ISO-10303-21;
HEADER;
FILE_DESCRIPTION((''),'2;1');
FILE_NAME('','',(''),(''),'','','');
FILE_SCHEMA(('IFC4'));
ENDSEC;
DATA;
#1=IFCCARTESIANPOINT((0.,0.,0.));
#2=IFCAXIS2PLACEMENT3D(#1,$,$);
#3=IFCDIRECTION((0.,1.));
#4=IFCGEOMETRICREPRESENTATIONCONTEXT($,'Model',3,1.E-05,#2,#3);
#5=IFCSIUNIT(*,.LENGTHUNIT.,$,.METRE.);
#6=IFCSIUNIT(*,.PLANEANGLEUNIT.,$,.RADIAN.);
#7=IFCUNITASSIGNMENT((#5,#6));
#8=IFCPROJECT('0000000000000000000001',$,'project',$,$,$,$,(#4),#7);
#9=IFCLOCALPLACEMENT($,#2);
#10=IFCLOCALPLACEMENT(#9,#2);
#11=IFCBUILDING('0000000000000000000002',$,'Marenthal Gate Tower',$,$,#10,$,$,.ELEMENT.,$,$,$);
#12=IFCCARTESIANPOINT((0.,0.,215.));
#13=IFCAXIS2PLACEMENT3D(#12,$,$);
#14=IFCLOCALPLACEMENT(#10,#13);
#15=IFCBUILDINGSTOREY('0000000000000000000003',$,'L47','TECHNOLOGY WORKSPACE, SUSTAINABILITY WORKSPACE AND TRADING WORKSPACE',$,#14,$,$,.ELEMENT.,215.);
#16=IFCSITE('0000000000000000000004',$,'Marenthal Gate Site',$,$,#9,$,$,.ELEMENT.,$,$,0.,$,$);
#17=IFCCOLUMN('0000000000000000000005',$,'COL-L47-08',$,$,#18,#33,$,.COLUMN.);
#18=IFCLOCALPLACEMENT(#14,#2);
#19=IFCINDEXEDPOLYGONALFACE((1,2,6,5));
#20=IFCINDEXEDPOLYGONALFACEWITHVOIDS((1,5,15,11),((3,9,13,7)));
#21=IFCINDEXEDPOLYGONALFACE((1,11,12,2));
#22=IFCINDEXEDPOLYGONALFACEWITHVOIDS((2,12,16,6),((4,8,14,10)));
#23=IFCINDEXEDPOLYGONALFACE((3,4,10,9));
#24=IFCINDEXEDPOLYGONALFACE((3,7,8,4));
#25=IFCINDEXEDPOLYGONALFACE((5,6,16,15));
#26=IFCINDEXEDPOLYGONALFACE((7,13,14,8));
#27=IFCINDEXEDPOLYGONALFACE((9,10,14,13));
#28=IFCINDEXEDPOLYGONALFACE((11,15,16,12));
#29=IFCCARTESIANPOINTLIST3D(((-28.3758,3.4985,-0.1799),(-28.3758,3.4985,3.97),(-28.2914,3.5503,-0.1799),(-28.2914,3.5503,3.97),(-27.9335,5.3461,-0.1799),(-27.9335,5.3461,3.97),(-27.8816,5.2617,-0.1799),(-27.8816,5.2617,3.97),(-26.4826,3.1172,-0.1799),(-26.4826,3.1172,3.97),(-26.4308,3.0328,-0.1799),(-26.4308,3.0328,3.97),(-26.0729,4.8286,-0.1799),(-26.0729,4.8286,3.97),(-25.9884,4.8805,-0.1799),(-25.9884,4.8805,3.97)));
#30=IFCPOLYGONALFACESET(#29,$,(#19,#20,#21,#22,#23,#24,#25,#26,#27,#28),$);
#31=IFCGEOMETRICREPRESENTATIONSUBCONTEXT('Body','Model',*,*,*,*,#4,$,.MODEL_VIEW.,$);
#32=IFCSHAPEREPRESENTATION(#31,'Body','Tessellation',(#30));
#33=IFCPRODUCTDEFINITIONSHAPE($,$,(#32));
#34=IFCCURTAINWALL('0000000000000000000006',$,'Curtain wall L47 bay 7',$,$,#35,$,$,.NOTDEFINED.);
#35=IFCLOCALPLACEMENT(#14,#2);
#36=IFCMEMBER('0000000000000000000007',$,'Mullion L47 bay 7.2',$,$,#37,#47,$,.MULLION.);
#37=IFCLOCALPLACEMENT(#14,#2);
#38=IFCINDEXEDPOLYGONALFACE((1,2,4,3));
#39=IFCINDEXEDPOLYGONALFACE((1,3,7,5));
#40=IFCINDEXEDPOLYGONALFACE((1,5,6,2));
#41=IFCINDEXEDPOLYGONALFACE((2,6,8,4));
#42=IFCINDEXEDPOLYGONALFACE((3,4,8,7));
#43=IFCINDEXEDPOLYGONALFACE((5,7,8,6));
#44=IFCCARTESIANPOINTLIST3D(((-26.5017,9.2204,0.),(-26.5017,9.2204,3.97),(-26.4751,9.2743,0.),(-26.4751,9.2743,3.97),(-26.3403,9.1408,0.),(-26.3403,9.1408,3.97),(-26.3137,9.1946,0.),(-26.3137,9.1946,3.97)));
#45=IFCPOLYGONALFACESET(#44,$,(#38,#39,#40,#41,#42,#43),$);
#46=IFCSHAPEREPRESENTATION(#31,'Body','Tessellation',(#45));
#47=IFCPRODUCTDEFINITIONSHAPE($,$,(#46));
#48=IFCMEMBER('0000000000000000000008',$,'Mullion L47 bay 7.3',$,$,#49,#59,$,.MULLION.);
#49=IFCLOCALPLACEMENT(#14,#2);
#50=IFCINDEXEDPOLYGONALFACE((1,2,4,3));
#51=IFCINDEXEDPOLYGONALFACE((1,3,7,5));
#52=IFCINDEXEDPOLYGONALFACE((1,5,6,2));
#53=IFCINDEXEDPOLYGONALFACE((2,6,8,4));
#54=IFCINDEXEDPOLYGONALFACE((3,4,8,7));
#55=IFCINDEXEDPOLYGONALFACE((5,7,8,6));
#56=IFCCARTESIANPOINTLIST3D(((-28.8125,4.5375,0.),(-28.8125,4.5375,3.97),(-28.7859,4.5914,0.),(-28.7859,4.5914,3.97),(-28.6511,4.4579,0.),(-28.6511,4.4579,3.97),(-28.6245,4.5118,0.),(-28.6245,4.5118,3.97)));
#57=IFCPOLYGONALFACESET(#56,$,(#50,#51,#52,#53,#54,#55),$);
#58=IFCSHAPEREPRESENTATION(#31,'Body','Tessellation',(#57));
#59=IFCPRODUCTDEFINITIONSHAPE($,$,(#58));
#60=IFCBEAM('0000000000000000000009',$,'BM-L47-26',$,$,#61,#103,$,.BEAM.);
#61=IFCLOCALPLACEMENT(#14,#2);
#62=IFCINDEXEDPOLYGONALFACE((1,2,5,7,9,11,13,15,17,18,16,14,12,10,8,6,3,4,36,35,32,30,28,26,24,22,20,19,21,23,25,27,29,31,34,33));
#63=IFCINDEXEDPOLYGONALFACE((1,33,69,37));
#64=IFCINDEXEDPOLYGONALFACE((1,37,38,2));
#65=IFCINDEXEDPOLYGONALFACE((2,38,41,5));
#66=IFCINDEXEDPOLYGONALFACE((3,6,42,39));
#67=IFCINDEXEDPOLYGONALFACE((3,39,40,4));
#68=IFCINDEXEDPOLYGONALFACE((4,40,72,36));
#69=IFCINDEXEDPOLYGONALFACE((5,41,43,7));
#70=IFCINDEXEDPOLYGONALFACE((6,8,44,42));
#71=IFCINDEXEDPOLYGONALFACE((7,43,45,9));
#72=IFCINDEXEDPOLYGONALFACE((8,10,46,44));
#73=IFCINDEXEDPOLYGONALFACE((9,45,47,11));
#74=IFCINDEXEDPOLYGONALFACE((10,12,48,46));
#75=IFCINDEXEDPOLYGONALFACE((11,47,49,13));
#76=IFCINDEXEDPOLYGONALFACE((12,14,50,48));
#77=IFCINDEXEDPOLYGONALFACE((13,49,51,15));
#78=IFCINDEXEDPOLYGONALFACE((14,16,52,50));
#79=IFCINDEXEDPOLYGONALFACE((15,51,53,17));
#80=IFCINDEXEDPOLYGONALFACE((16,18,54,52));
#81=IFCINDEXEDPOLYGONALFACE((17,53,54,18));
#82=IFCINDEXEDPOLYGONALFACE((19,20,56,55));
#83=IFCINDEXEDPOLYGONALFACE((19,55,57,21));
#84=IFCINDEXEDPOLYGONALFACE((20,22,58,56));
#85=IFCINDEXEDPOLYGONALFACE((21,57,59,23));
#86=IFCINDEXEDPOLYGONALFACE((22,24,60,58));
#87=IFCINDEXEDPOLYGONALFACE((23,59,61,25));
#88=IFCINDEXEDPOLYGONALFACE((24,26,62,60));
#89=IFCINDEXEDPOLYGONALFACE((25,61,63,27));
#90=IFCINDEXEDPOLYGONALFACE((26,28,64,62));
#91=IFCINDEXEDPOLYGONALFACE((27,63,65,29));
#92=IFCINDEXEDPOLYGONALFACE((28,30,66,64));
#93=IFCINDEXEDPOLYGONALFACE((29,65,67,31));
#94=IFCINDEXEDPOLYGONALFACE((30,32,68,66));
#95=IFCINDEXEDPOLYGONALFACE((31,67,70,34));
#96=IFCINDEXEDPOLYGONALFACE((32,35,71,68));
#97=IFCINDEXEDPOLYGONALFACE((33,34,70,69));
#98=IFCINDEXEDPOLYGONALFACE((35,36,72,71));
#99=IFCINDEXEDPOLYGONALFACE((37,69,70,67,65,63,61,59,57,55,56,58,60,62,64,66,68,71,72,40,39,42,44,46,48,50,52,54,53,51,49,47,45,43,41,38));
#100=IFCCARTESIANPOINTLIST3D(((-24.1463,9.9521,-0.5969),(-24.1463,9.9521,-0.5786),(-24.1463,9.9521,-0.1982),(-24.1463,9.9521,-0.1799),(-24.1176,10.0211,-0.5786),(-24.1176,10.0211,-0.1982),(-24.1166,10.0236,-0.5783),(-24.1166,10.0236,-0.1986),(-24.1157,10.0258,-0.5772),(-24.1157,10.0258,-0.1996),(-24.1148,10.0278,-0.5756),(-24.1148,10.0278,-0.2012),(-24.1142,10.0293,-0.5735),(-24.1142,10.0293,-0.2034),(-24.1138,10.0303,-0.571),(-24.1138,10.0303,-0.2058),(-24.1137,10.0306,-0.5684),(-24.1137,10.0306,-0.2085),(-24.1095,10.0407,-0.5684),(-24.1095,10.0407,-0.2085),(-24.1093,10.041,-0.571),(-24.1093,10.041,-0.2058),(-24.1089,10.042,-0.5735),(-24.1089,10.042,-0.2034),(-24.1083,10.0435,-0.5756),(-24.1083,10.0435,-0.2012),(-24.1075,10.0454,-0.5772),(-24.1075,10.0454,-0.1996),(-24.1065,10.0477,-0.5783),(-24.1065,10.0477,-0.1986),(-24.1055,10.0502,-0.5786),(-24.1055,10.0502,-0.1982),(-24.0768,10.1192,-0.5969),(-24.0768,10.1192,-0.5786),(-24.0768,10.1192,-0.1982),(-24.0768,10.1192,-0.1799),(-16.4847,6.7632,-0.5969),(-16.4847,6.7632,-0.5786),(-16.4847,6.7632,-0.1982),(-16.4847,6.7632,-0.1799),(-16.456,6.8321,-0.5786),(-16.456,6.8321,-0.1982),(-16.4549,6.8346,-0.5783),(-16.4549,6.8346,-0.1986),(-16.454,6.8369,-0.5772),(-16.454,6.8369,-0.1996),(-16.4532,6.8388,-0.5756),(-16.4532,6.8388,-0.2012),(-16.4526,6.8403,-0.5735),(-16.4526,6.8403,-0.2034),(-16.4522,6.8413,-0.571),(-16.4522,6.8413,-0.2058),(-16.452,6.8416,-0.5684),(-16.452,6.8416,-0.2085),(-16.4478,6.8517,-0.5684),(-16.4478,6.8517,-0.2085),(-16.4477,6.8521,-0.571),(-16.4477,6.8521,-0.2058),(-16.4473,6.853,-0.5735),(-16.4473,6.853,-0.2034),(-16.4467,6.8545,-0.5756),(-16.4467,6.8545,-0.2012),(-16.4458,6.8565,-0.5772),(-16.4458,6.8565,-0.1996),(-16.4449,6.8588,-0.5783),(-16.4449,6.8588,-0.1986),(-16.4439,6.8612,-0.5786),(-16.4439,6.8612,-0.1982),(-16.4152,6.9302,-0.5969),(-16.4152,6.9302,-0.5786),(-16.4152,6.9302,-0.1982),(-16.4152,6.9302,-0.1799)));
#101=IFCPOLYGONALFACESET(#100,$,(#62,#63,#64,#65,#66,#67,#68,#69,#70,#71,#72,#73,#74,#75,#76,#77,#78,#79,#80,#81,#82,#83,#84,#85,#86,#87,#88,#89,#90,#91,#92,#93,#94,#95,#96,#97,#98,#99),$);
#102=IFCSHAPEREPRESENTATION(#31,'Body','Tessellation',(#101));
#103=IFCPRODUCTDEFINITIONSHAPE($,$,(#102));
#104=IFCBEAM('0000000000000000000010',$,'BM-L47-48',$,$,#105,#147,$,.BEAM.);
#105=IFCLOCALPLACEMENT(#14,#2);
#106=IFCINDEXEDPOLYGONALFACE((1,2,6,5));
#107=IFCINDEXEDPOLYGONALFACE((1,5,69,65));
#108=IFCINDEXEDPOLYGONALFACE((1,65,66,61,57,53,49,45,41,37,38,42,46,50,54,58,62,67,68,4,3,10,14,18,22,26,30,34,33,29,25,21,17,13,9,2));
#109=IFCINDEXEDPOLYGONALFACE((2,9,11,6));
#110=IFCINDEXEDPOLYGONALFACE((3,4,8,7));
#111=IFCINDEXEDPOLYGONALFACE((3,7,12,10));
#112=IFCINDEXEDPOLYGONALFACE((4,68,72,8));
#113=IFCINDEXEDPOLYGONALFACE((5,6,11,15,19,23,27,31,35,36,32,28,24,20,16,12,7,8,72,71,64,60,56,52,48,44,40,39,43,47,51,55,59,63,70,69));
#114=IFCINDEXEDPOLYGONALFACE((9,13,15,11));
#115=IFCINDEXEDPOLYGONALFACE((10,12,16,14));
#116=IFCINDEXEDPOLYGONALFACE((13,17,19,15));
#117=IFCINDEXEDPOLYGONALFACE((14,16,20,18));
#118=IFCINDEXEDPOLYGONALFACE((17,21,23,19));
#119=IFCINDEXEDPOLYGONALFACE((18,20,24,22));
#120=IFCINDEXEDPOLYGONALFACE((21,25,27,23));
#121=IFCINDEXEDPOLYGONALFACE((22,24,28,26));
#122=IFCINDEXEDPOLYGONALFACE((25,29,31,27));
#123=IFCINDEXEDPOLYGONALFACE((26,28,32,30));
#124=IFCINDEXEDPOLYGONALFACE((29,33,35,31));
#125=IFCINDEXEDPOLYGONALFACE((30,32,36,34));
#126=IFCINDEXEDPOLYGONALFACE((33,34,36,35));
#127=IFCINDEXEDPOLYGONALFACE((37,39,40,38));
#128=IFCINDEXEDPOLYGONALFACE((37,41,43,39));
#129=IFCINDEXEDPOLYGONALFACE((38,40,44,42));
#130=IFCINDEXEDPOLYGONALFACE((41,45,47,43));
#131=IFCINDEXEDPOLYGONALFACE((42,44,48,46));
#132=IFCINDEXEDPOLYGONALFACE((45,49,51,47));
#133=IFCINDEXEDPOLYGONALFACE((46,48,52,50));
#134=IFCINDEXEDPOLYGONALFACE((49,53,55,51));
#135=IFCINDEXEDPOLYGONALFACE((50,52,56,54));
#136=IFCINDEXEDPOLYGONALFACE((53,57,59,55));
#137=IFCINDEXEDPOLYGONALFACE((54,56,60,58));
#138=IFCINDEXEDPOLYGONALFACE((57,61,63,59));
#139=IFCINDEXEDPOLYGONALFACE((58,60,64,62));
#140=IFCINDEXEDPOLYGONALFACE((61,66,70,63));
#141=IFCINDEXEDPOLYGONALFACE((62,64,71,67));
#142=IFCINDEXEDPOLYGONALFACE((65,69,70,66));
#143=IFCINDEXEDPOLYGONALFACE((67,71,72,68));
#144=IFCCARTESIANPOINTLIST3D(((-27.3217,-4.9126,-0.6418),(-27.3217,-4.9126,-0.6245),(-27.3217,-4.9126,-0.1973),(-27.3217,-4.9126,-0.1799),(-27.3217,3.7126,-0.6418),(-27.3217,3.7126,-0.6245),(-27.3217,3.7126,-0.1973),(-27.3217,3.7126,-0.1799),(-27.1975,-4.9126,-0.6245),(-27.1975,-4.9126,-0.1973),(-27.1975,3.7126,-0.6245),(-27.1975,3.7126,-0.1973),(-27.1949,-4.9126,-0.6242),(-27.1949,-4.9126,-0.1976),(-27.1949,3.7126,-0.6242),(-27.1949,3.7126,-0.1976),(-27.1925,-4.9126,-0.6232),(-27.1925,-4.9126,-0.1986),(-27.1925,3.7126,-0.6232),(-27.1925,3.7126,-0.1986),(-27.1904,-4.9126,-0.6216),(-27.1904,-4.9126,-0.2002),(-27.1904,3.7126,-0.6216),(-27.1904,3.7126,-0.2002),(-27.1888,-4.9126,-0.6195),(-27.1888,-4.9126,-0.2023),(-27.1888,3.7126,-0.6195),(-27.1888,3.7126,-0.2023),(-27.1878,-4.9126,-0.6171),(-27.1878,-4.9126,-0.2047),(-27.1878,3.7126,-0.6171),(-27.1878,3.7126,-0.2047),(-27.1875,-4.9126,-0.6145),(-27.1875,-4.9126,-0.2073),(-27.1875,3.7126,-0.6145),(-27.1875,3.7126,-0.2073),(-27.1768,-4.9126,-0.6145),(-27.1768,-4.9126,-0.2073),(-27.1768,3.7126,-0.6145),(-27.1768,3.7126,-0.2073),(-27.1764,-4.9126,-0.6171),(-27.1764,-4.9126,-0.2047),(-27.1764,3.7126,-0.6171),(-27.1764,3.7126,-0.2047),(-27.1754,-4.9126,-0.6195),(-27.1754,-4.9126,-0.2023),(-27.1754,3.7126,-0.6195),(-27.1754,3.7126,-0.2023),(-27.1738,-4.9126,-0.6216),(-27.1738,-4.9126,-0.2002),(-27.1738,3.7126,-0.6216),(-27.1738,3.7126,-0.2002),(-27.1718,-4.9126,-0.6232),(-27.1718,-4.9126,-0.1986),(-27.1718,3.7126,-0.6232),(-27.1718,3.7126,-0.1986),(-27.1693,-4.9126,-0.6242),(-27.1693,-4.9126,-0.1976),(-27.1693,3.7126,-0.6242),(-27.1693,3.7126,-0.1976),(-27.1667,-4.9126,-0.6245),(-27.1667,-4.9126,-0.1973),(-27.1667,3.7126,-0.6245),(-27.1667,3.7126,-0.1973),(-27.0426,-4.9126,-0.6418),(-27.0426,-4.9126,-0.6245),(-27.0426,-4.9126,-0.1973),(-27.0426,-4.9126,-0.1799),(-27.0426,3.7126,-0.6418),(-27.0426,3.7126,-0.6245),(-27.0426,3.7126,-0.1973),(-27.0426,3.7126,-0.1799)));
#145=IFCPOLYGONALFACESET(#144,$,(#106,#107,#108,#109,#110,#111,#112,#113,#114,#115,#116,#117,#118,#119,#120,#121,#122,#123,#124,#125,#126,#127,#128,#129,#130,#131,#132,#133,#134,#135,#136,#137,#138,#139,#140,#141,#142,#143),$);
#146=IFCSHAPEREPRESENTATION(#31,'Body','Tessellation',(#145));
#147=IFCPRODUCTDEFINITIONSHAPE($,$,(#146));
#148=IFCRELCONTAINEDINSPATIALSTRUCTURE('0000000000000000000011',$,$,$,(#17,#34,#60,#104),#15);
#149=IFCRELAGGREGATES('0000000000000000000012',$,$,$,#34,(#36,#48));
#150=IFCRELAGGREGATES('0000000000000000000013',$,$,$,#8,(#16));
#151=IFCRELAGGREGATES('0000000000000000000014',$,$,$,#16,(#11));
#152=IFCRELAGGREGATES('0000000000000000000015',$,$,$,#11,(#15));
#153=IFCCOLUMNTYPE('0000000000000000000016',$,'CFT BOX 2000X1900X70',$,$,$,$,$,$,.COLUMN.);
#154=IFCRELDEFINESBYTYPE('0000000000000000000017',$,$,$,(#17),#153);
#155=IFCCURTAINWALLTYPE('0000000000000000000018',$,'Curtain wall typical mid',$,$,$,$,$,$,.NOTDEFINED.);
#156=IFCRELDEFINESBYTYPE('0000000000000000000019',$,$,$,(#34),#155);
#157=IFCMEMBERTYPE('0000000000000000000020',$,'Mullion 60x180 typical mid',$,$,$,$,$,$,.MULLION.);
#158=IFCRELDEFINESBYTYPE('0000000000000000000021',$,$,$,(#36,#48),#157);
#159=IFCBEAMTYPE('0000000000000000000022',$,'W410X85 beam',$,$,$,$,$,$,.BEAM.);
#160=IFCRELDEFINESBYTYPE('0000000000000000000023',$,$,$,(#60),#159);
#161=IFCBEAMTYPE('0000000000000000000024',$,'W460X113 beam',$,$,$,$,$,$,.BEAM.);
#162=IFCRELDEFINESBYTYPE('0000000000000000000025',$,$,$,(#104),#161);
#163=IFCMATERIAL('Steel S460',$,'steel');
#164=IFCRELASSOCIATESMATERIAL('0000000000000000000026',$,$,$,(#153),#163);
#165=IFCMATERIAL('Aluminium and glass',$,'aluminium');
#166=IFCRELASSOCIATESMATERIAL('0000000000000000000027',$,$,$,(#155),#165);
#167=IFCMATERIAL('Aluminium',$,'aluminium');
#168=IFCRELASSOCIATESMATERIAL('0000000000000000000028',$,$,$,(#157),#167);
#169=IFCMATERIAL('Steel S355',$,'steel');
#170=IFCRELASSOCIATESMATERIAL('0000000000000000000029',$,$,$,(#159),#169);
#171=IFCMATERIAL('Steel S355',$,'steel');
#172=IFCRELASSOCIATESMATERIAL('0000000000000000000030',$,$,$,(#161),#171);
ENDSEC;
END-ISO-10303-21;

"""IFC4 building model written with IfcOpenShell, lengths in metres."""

from ifc_helpers import new_model, si_unit, direction, frame, origin, origin_2d, place, context, subcontext, project, spatial, rectangle, hollow_rectangle, i_section, extrude, material, material_profile, profile_set, type_object, element, aggregate, save


model = new_model("IFC4")

# Units and contexts
model_context = context("Model", 3, precision=1e-05, world=origin(), true_north=direction((0.0, 1.0)))
body_context = subcontext(model_context, "Body", "Model", "MODEL_VIEW")
ifc_project = project(units=[si_unit("LENGTHUNIT", "METRE"), si_unit("PLANEANGLEUNIT", "RADIAN")], contexts=[model_context])

# Site, building, storey
site_placement = place(None, origin())
site = spatial("IfcSite", under=ifc_project, at=site_placement, Name="Marenthal Gate Site", CompositionType="ELEMENT", RefElevation=0.0)
building_placement = place(site_placement, origin())
building = spatial("IfcBuilding", under=site, at=building_placement, Name="Marenthal Gate Tower", CompositionType="ELEMENT")
storey_placement = place(building_placement, frame((0.0, 0.0, 215.0)))
storey = spatial("IfcBuildingStorey", under=building, at=storey_placement, Name="L47", Description="TECHNOLOGY WORKSPACE, SUSTAINABILITY WORKSPACE AND TRADING WORKSPACE", CompositionType="ELEMENT", Elevation=215.0)

# Column
ifc_material_1 = material(Name="Steel S460", Category="steel")
ifc_material_profile_1 = material_profile(ifc_material_1, hollow_rectangle(XDim=1.8999, YDim=2.0, WallThickness=0.0701, at=origin_2d()), Name="CFT BOX 2000X1900X70")
ifc_material_2 = material(Name="Concrete 70 MPa", Category="concrete")
ifc_material_profile_2 = material_profile(ifc_material_2, rectangle(XDim=1.76, YDim=1.8601, at=origin_2d()), Name="CFT BOX 2000X1900X70 INFILL")
ifc_profile_set_1 = profile_set([ifc_material_profile_1, ifc_material_profile_2], Name="Steel S460 shell, Concrete 70 MPa infill")
column_type = type_object("IfcColumnType", Name="CFT BOX 2000X1900X70", PredefinedType="COLUMN", material=ifc_profile_set_1)
column_placement = place(storey_placement, frame((-27.1821, 4.1895, -0.1799), z_axis=(0.0, 0.0, 1.0), x_axis=(0.232843, 0.972514, 0.0)))
element("IfcColumn", 1, at=column_placement, inside=storey, type_object=column_type, Name="COL-L47-08", PredefinedType="COLUMN", context=body_context, shape_type="SweptSolid", body=[
    extrude(hollow_rectangle(XDim=1.8999, YDim=2.0, WallThickness=0.0701, at=origin_2d()), origin(), (0.0, 0.0, 1.0), 4.1499),
])

# Curtain wall, members
ifc_material_3 = material(Name="Aluminium and glass", Category="aluminium")
curtain_wall_type = type_object("IfcCurtainWallType", Name="Curtain wall typical mid", PredefinedType="NOTDEFINED", material=ifc_material_3)
curtain_wall_placement = place(storey_placement, origin())
curtain_wall = element("IfcCurtainWall", 2, at=curtain_wall_placement, inside=storey, type_object=curtain_wall_type, Name="Curtain wall L47 bay 7", PredefinedType="NOTDEFINED")
ifc_material_4 = material(Name="Aluminium", Category="aluminium")
ifc_material_profile_3 = material_profile(ifc_material_4, rectangle(XDim=0.1799, YDim=0.0601, at=origin_2d()), Name="60x180 aluminium mullion")
ifc_profile_set_2 = profile_set([ifc_material_profile_3], Name="Aluminium")
member_type = type_object("IfcMemberType", Name="Mullion 60x180 typical mid", PredefinedType="MULLION", material=ifc_profile_set_2)
member_1_placement = place(storey_placement, frame((-26.4077, 9.2075, 0.0), z_axis=(0.0, 0.0, 1.0), x_axis=(0.896757, -0.442523, 0.0)))
member_1 = element("IfcMember", 3, at=member_1_placement, type_object=member_type, Name="Mullion L47 bay 7.2", PredefinedType="MULLION", context=body_context, shape_type="SweptSolid", body=[
    extrude(rectangle(XDim=0.1799, YDim=0.0601, at=origin_2d()), origin(), (0.0, 0.0, 1.0), 3.97),
])
member_2_placement = place(storey_placement, frame((-28.7185, 4.5247, 0.0), z_axis=(0.0, 0.0, 1.0), x_axis=(0.896757, -0.442523, 0.0)))
member_2 = element("IfcMember", 4, at=member_2_placement, type_object=member_type, Name="Mullion L47 bay 7.3", PredefinedType="MULLION", context=body_context, shape_type="SweptSolid", body=[
    extrude(rectangle(XDim=0.1799, YDim=0.0601, at=origin_2d()), origin(), (0.0, 0.0, 1.0), 3.97),
])

# Beams
ifc_material_5 = material(Name="Steel S355", Category="steel")
ifc_material_profile_4 = material_profile(ifc_material_5, i_section(OverallWidth=0.1809, OverallDepth=0.417, WebThickness=0.011, FlangeThickness=0.0183, FilletRadius=0.0103, at=origin_2d()), Name="W410X85")
ifc_profile_set_3 = profile_set([ifc_material_profile_4], Name="Steel S355")
beam_type_1 = type_object("IfcBeamType", Name="W410X85 beam", PredefinedType="BEAM", material=ifc_profile_set_3)
beam_1_placement = place(storey_placement, frame((-24.1116, 10.0356, -0.3884), z_axis=(0.923221, -0.384269, 0.0), x_axis=(0.384269, 0.923221, 0.0)))
element("IfcBeam", 5, at=beam_1_placement, inside=storey, type_object=beam_type_1, Name="BM-L47-26", PredefinedType="BEAM", context=body_context, shape_type="SweptSolid", body=[
    extrude(i_section(OverallWidth=0.1809, OverallDepth=0.417, WebThickness=0.011, FlangeThickness=0.0183, FilletRadius=0.0103, at=origin_2d()), origin(), (0.0, 0.0, 1.0), 8.2988),
])
ifc_material_6 = material(Name="Steel S355", Category="steel")
ifc_material_profile_5 = material_profile(ifc_material_6, i_section(OverallWidth=0.2791, OverallDepth=0.4619, WebThickness=0.0107, FlangeThickness=0.0173, FilletRadius=0.01, at=origin_2d()), Name="W460X113")
ifc_profile_set_4 = profile_set([ifc_material_profile_5], Name="Steel S355")
beam_type_2 = type_object("IfcBeamType", Name="W460X113 beam", PredefinedType="BEAM", material=ifc_profile_set_4)
beam_2_placement = place(storey_placement, frame((-27.1821, 3.7126, -0.4109), z_axis=(0.0, -1.0, 0.0), x_axis=(1.0, 0.0, 0.0)))
element("IfcBeam", 6, at=beam_2_placement, inside=storey, type_object=beam_type_2, Name="BM-L47-48", PredefinedType="BEAM", context=body_context, shape_type="SweptSolid", body=[
    extrude(i_section(OverallWidth=0.2791, OverallDepth=0.4619, WebThickness=0.0107, FlangeThickness=0.0173, FilletRadius=0.01, at=origin_2d()), origin(), (0.0, 0.0, 1.0), 8.6252),
])

aggregate(curtain_wall, [member_1, member_2])

save(model, "model.ifc")
